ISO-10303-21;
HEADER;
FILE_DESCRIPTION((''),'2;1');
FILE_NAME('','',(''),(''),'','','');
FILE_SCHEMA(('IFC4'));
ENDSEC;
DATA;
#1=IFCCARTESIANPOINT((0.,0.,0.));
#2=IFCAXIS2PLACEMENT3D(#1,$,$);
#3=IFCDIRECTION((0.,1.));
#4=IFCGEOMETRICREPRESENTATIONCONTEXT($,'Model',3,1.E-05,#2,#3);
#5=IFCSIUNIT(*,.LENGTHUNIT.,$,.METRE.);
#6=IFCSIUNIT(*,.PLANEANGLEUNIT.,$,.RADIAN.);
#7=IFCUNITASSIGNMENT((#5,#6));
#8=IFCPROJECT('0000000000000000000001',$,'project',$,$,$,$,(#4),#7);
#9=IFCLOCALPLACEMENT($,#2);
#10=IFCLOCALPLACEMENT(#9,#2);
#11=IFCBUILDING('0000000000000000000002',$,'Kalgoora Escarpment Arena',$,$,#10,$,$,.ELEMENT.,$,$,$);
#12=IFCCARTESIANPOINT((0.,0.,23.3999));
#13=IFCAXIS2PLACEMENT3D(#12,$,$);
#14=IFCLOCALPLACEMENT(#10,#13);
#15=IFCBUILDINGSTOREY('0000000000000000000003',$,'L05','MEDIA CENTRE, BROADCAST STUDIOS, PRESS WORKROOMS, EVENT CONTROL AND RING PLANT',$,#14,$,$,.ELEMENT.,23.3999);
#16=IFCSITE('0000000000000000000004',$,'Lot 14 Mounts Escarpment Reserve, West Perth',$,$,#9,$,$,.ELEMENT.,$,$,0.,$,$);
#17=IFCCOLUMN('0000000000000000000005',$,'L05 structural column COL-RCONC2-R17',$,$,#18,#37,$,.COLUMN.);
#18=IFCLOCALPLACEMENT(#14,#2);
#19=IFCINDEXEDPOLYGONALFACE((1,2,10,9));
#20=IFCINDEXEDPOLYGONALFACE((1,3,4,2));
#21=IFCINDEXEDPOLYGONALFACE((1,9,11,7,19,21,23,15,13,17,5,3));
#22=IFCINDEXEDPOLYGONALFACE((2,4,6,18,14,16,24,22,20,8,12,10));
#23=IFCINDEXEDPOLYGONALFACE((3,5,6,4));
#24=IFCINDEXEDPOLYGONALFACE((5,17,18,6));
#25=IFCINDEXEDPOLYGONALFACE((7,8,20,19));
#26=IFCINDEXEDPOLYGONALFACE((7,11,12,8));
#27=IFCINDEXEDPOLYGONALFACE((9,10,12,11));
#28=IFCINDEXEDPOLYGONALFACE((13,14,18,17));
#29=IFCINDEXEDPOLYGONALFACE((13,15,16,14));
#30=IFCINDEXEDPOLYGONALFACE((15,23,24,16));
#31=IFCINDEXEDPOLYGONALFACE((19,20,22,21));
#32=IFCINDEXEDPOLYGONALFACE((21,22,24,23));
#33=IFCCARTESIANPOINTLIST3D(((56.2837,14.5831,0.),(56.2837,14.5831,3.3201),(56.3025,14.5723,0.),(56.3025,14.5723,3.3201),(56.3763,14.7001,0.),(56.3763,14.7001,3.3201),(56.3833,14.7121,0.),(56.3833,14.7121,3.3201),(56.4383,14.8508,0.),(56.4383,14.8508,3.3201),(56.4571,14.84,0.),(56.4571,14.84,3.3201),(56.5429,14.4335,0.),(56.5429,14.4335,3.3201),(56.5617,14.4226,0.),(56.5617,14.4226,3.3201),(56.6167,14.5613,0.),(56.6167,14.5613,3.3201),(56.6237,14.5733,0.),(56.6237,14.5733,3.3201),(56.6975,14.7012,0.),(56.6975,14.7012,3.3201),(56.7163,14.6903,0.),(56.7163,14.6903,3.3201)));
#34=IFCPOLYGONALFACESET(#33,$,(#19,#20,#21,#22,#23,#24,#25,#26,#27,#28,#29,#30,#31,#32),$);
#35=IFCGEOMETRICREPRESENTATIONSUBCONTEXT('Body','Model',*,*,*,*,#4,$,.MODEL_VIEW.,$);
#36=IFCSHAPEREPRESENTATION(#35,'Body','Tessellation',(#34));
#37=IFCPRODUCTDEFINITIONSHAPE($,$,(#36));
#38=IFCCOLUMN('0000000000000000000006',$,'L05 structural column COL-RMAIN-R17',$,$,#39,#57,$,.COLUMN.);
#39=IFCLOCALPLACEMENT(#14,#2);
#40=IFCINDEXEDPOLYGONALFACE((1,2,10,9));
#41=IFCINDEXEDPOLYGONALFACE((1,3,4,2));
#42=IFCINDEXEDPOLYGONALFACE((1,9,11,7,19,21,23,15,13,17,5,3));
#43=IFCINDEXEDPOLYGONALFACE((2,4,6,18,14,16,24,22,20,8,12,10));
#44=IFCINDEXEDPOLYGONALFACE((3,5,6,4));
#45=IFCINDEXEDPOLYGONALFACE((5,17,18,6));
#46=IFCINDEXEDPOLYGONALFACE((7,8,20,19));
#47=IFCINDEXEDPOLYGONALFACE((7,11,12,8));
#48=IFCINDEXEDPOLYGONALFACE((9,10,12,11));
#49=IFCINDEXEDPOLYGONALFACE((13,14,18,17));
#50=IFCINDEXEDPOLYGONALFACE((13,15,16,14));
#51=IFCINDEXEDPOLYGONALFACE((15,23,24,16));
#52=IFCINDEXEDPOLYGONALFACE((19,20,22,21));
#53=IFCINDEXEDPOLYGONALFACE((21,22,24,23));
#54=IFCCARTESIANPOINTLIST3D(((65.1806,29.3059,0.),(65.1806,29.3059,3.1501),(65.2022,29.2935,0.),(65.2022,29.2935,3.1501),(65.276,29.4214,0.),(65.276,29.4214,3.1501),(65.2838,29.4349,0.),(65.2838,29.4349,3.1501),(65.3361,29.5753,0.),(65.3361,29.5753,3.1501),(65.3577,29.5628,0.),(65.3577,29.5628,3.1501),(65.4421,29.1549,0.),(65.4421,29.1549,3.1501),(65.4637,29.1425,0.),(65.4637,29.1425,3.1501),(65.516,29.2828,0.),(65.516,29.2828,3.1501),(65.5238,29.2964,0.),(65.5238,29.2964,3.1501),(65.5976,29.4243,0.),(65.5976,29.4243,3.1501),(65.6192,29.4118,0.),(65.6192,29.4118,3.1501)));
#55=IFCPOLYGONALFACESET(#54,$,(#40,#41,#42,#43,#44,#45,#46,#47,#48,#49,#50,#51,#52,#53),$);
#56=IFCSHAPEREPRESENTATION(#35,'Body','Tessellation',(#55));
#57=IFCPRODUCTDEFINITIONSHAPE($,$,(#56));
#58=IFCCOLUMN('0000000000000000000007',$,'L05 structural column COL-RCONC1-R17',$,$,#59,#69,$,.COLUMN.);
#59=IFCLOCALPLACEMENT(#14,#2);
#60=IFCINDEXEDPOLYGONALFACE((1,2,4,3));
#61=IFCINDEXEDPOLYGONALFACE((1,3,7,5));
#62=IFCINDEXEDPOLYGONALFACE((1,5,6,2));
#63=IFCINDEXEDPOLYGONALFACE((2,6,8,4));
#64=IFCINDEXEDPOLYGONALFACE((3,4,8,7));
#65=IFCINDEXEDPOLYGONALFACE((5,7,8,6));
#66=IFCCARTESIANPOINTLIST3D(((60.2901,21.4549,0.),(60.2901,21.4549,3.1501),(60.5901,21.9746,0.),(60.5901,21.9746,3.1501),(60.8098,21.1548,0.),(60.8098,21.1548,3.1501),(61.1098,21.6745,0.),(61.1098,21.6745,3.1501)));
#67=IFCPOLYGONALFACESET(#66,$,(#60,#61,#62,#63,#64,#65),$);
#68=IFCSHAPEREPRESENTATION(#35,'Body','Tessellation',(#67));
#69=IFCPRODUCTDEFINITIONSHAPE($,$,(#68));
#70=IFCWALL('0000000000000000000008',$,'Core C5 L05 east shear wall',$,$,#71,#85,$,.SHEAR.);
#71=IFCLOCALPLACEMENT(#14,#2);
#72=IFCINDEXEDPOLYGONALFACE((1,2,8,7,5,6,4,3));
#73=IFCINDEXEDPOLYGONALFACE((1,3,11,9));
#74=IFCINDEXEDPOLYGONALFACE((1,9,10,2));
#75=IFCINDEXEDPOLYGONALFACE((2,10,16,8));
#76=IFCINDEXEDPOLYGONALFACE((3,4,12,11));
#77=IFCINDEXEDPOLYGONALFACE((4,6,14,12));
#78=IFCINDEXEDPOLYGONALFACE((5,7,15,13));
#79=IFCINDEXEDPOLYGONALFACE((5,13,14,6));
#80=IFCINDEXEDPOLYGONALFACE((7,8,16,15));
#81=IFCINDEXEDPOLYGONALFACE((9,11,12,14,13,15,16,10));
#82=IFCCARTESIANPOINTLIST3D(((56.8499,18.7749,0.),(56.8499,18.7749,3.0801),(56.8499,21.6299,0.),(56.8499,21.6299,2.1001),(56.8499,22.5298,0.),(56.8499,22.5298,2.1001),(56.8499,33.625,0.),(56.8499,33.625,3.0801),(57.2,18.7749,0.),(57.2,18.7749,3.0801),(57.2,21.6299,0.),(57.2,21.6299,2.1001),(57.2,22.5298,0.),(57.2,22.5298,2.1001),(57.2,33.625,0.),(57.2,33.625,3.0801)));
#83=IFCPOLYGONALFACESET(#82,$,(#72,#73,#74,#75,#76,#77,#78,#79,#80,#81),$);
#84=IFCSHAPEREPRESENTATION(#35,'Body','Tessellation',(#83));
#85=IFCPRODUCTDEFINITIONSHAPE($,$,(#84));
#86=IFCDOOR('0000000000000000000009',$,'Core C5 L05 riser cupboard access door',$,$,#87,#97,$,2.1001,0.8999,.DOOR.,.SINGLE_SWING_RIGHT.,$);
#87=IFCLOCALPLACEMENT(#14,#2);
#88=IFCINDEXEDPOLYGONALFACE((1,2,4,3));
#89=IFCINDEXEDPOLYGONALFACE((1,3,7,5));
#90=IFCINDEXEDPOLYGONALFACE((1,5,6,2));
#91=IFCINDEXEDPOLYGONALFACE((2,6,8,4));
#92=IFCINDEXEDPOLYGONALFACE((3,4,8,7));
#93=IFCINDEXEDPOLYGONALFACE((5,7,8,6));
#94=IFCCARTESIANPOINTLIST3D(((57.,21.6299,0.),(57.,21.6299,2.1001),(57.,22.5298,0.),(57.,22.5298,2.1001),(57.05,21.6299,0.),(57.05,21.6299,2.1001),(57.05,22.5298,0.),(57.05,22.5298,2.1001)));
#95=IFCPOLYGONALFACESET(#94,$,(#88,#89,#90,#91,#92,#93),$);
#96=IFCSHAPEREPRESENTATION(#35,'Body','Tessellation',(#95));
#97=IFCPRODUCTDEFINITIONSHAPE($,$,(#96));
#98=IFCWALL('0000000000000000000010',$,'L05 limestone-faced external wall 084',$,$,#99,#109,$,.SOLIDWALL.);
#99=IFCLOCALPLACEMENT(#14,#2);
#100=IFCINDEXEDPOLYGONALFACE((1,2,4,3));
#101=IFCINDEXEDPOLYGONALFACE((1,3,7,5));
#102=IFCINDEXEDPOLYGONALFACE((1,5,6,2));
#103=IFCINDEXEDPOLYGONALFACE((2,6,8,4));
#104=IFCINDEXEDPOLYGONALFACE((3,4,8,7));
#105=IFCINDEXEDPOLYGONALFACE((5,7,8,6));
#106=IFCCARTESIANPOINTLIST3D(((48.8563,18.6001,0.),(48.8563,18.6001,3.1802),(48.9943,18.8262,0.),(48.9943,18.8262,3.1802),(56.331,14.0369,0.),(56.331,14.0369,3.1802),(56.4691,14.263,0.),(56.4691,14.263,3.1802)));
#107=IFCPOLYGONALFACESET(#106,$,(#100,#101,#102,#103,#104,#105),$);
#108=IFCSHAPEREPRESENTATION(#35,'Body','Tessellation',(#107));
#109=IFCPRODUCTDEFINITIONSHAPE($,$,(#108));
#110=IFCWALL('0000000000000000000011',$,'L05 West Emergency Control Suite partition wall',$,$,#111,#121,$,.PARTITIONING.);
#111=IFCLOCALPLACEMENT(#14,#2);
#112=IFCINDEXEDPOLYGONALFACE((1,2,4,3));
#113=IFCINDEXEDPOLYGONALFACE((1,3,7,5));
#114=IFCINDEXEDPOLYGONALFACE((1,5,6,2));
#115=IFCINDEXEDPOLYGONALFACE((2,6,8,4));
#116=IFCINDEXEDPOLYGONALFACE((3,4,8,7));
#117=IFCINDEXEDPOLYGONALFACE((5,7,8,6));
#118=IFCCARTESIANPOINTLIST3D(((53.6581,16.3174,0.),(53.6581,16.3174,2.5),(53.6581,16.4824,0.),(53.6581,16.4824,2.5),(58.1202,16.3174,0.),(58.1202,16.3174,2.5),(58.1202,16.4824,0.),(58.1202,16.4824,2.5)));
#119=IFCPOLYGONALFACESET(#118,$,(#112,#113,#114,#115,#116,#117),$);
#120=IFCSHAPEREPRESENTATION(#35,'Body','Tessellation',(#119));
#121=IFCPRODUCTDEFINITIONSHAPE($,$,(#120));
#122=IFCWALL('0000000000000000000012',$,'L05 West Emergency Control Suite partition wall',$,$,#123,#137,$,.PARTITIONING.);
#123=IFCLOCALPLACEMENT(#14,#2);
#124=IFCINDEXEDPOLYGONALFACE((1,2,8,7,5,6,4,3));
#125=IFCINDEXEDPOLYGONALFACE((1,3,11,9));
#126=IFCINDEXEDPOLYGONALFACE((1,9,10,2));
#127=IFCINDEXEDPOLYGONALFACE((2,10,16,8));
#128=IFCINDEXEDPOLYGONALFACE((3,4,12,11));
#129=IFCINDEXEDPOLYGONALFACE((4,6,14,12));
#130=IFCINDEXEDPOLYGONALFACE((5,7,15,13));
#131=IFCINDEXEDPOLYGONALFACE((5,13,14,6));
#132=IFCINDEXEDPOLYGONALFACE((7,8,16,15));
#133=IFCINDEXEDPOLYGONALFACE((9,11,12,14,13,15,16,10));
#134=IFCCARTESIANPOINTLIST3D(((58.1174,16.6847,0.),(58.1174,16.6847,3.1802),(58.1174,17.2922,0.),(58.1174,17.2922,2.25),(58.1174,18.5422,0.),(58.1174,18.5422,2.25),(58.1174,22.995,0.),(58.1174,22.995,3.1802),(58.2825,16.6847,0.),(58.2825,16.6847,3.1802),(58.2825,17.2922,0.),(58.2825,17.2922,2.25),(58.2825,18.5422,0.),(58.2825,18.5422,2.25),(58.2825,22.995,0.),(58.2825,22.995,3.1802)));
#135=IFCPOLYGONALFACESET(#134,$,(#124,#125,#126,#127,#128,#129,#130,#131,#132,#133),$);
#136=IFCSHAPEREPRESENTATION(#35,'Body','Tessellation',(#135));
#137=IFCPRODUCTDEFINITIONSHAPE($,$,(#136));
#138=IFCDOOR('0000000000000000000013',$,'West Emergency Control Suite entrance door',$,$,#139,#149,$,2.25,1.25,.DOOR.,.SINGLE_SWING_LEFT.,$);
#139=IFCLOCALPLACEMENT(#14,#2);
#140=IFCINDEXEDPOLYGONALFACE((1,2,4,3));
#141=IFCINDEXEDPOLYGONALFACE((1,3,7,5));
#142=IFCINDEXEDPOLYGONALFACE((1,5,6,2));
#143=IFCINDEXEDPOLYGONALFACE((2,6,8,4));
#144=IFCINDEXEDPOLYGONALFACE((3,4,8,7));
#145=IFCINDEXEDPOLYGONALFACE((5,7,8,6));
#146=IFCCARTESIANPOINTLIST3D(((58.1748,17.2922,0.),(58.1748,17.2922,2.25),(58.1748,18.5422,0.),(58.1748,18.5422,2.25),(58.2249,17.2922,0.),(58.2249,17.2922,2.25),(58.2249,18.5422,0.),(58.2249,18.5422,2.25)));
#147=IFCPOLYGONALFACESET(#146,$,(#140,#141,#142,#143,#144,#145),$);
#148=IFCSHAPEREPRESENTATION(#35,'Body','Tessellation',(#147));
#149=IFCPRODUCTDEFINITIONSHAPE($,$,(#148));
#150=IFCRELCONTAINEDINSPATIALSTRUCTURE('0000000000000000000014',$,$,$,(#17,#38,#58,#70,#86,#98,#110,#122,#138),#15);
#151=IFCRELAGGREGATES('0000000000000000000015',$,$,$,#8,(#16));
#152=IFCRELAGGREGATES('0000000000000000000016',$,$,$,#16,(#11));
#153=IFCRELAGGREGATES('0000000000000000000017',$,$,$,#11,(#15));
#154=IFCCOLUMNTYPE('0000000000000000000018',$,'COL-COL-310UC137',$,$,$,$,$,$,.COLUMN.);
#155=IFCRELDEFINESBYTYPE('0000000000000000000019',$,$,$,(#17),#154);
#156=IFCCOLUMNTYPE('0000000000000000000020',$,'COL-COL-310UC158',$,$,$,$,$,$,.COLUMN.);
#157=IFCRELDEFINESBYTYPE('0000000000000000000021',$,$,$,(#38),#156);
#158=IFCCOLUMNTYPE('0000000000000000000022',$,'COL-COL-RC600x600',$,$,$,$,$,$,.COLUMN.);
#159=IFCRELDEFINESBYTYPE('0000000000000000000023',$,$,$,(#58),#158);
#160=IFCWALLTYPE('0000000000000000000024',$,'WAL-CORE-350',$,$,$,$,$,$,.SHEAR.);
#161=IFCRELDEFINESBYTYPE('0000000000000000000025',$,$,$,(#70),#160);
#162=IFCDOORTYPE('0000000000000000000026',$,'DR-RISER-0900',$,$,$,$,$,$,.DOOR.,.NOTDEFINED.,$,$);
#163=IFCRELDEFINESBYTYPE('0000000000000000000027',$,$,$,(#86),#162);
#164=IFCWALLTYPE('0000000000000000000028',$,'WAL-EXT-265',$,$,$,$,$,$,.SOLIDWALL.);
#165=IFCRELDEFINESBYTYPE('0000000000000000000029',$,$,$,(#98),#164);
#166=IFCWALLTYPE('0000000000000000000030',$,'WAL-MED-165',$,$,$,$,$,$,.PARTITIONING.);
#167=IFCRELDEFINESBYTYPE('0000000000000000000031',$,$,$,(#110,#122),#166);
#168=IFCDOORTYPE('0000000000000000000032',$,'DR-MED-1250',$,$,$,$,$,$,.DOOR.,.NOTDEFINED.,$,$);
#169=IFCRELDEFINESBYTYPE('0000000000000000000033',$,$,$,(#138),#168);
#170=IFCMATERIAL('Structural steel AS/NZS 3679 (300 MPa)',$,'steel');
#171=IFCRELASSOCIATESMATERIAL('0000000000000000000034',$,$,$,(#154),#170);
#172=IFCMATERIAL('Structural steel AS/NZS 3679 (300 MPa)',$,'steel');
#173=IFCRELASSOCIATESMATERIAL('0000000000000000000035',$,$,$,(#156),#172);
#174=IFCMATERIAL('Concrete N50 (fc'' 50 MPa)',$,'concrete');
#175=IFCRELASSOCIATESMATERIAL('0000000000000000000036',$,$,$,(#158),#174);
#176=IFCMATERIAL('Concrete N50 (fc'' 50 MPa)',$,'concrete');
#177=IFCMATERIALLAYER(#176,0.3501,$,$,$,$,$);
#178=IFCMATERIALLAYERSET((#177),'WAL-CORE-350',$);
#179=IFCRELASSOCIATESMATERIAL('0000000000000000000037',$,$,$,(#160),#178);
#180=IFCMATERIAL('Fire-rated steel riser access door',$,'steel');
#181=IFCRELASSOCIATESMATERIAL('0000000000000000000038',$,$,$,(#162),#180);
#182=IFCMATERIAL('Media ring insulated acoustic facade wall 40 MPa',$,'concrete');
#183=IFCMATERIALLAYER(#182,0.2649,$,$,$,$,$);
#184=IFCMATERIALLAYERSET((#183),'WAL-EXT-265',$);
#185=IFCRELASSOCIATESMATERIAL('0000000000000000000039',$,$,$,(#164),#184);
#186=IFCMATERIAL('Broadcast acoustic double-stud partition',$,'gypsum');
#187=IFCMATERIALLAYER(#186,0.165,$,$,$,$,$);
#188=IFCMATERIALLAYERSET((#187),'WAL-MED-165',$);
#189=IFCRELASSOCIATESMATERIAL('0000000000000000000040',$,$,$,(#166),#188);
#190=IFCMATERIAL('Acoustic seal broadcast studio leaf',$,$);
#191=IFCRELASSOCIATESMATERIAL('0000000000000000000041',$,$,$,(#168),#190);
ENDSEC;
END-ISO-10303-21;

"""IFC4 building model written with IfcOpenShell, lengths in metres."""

from ifc_helpers import new_model, si_unit, direction, frame, frame_2d, origin, origin_2d, place, context, subcontext, project, spatial, rectangle, i_section, extrude, material, layer, layer_set, material_profile, profile_set, type_object, element, fill, save


model = new_model("IFC4")

# Units and contexts
model_context = context("Model", 3, precision=1e-05, world=origin(), true_north=direction((0.0, 1.0)))
body_context = subcontext(model_context, "Body", "Model", "MODEL_VIEW")
ifc_project = project(units=[si_unit("LENGTHUNIT", "METRE"), si_unit("PLANEANGLEUNIT", "RADIAN")], contexts=[model_context])

# Site, building, storey
site_placement = place(None, origin())
site = spatial("IfcSite", under=ifc_project, at=site_placement, Name="Lot 14 Mounts Escarpment Reserve, West Perth", CompositionType="ELEMENT", RefElevation=0.0)
building_placement = place(site_placement, origin())
building = spatial("IfcBuilding", under=site, at=building_placement, Name="Kalgoora Escarpment Arena", CompositionType="ELEMENT")
storey_placement = place(building_placement, frame((0.0, 0.0, 23.3999)))
storey = spatial("IfcBuildingStorey", under=building, at=storey_placement, Name="L05", Description="MEDIA CENTRE, BROADCAST STUDIOS, PRESS WORKROOMS, EVENT CONTROL AND RING PLANT", CompositionType="ELEMENT", Elevation=23.3999)

# Columns
ifc_material_1 = material(Name="Structural steel AS/NZS 3679 (300 MPa)", Category="steel")
ifc_material_profile_1 = material_profile(ifc_material_1, i_section(OverallWidth=0.3091, OverallDepth=0.321, WebThickness=0.0139, FlangeThickness=0.0217, at=origin_2d()))
ifc_profile_set_1 = profile_set([ifc_material_profile_1], Name="Structural steel AS/NZS 3679 (300 MPa)")
column_type_1 = type_object("IfcColumnType", Name="COL-COL-310UC137", PredefinedType="COLUMN", material=ifc_profile_set_1)
column_1_placement = place(storey_placement, frame((56.5, 14.6367, 0.0), z_axis=(0.0, 0.0, 1.0), x_axis=(-0.5, -0.866025, 0.0)))
element("IfcColumn", 1, at=column_1_placement, inside=storey, type_object=column_type_1, Name="L05 structural column COL-RCONC2-R17", PredefinedType="COLUMN", context=body_context, shape_type="SweptSolid", body=[
    extrude(i_section(OverallWidth=0.3091, OverallDepth=0.321, WebThickness=0.0139, FlangeThickness=0.0217, at=origin_2d()), origin(), (0.0, 0.0, 1.0), 3.3201),
])
ifc_material_2 = material(Name="Structural steel AS/NZS 3679 (300 MPa)", Category="steel")
ifc_material_profile_2 = material_profile(ifc_material_2, i_section(OverallWidth=0.311, OverallDepth=0.3269, WebThickness=0.0156, FlangeThickness=0.0249, at=origin_2d()))
ifc_profile_set_2 = profile_set([ifc_material_profile_2], Name="Structural steel AS/NZS 3679 (300 MPa)")
column_type_2 = type_object("IfcColumnType", Name="COL-COL-310UC158", PredefinedType="COLUMN", material=ifc_profile_set_2)
column_2_placement = place(storey_placement, frame((65.3999, 29.3589, 0.0), z_axis=(0.0, 0.0, 1.0), x_axis=(-0.5, -0.866025, 0.0)))
element("IfcColumn", 2, at=column_2_placement, inside=storey, type_object=column_type_2, Name="L05 structural column COL-RMAIN-R17", PredefinedType="COLUMN", context=body_context, shape_type="SweptSolid", body=[
    extrude(i_section(OverallWidth=0.311, OverallDepth=0.3269, WebThickness=0.0156, FlangeThickness=0.0249, at=origin_2d()), origin(), (0.0, 0.0, 1.0), 3.1501),
])
ifc_material_3 = material(Name="Concrete N50 (fc' 50 MPa)", Category="concrete")
ifc_material_profile_3 = material_profile(ifc_material_3, rectangle(XDim=0.6001, YDim=0.6001, at=origin_2d()))
ifc_profile_set_3 = profile_set([ifc_material_profile_3], Name="Concrete N50 (fc' 50 MPa)")
column_type_3 = type_object("IfcColumnType", Name="COL-COL-RC600x600", PredefinedType="COLUMN", material=ifc_profile_set_3)
column_3_placement = place(storey_placement, frame((60.7, 21.5647, 0.0), z_axis=(0.0, 0.0, 1.0), x_axis=(-0.5, -0.866025, 0.0)))
element("IfcColumn", 3, at=column_3_placement, inside=storey, type_object=column_type_3, Name="L05 structural column COL-RCONC1-R17", PredefinedType="COLUMN", context=body_context, shape_type="SweptSolid", body=[
    extrude(rectangle(XDim=0.6001, YDim=0.6001, at=origin_2d()), origin(), (0.0, 0.0, 1.0), 3.1501),
])

# Wall, opening, door
ifc_material_4 = material(Name="Concrete N50 (fc' 50 MPa)", Category="concrete")
ifc_layer_1 = layer(ifc_material_4, 0.3501)
ifc_layer_set_1 = layer_set([ifc_layer_1], Name="WAL-CORE-350")
wall_type_1 = type_object("IfcWallType", Name="WAL-CORE-350", PredefinedType="SHEAR", material=ifc_layer_set_1)
wall_1_placement = place(storey_placement, frame((57.0249, 18.7749, 0.0), z_axis=(0.0, 0.0, 1.0), x_axis=(0.0, 1.0, 0.0)))
wall_1 = element("IfcWall", 4, at=wall_1_placement, inside=storey, type_object=wall_type_1, Name="Core C5 L05 east shear wall", PredefinedType="SHEAR", context=body_context, shape_type="SweptSolid", body=[
    extrude(rectangle(XDim=14.8501, YDim=0.3501, at=frame_2d((7.425, 0.0))), origin(), (0.0, 0.0, 1.0), 3.0801),
])
opening_1_placement = place(wall_1_placement, frame((2.855, 0.0, 0.0)))
opening_1 = element("IfcOpeningElement", 5, at=opening_1_placement, cuts=wall_1, PredefinedType="OPENING", context=body_context, shape_type="SweptSolid", body=[
    extrude(rectangle(XDim=0.8999, YDim=2.1001, at=frame_2d((0.45, 1.05))), frame((0.0, 0.1851, 0.0), z_axis=(0.0, -1.0, 0.0), x_axis=(1.0, 0.0, 0.0)), (0.0, 0.0, 1.0), 0.3701),
])
ifc_material_5 = material(Name="Fire-rated steel riser access door", Category="steel")
door_type_1 = type_object("IfcDoorType", Name="DR-RISER-0900", OperationType="NOTDEFINED", PredefinedType="DOOR", material=ifc_material_5)
door_1_placement = place(opening_1_placement, origin())
door_1 = element("IfcDoor", 6, at=door_1_placement, inside=storey, type_object=door_type_1, Name="Core C5 L05 riser cupboard access door", OperationType="SINGLE_SWING_RIGHT", OverallHeight=2.1001, OverallWidth=0.8999, PredefinedType="DOOR", context=body_context, shape_type="SweptSolid", body=[
    extrude(rectangle(XDim=0.8999, YDim=2.1001, at=frame_2d((0.45, 1.05))), frame((0.0, 0.0249, 0.0), z_axis=(0.0, -1.0, 0.0), x_axis=(1.0, 0.0, 0.0)), (0.0, 0.0, 1.0), 0.05),
])
fill(opening_1, door_1)

# Walls
ifc_material_6 = material(Name="Media ring insulated acoustic facade wall 40 MPa", Category="concrete")
ifc_layer_2 = layer(ifc_material_6, 0.2649)
ifc_layer_set_2 = layer_set([ifc_layer_2], Name="WAL-EXT-265")
wall_type_2 = type_object("IfcWallType", Name="WAL-EXT-265", PredefinedType="SOLIDWALL", material=ifc_layer_set_2)
wall_2_placement = place(storey_placement, frame((56.4001, 14.1499, 0.0), z_axis=(0.0, 0.0, 1.0), x_axis=(-0.853522, 0.521056, 0.0)))
element("IfcWall", 7, at=wall_2_placement, inside=storey, type_object=wall_type_2, Name="L05 limestone-faced external wall 084", PredefinedType="SOLIDWALL", context=body_context, shape_type="SweptSolid", body=[
    extrude(rectangle(XDim=8.7576, YDim=0.2649, at=frame_2d((4.3789, 0.0))), origin(), (0.0, 0.0, 1.0), 3.1802),
])
ifc_material_7 = material(Name="Broadcast acoustic double-stud partition", Category="gypsum")
ifc_layer_3 = layer(ifc_material_7, 0.165)
ifc_layer_set_3 = layer_set([ifc_layer_3], Name="WAL-MED-165")
wall_type_3 = type_object("IfcWallType", Name="WAL-MED-165", PredefinedType="PARTITIONING", material=ifc_layer_set_3)
wall_3_placement = place(storey_placement, frame((58.1201, 16.3999, 0.0), z_axis=(0.0, 0.0, 1.0), x_axis=(-1.0, 0.0, 0.0)))
element("IfcWall", 8, at=wall_3_placement, inside=storey, type_object=wall_type_3, Name="L05 West Emergency Control Suite partition wall", PredefinedType="PARTITIONING", context=body_context, shape_type="SweptSolid", body=[
    extrude(rectangle(XDim=4.4622, YDim=0.165, at=frame_2d((2.231, 0.0))), origin(), (0.0, 0.0, 1.0), 2.5),
])

# Wall, opening, door
wall_4_placement = place(storey_placement, frame((58.2, 22.9951, 0.0), z_axis=(0.0, 0.0, 1.0), x_axis=(0.0, -1.0, 0.0)))
wall_4 = element("IfcWall", 9, at=wall_4_placement, inside=storey, type_object=wall_type_3, Name="L05 West Emergency Control Suite partition wall", PredefinedType="PARTITIONING", context=body_context, shape_type="SweptSolid", body=[
    extrude(rectangle(XDim=6.3103, YDim=0.165, at=frame_2d((3.1553, 0.0))), origin(), (0.0, 0.0, 1.0), 3.1802),
])
opening_2_placement = place(wall_4_placement, frame((4.4529, 0.0, 0.0)))
opening_2 = element("IfcOpeningElement", 10, at=opening_2_placement, cuts=wall_4, PredefinedType="OPENING", context=body_context, shape_type="SweptSolid", body=[
    extrude(rectangle(XDim=1.25, YDim=2.25, at=frame_2d((0.625, 1.125))), frame((0.0, 0.0925, 0.0), z_axis=(0.0, -1.0, 0.0), x_axis=(1.0, 0.0, 0.0)), (0.0, 0.0, 1.0), 0.1851),
])
ifc_material_8 = material(Name="Acoustic seal broadcast studio leaf")
door_type_2 = type_object("IfcDoorType", Name="DR-MED-1250", OperationType="NOTDEFINED", PredefinedType="DOOR", material=ifc_material_8)
door_2_placement = place(opening_2_placement, origin())
door_2 = element("IfcDoor", 11, at=door_2_placement, inside=storey, type_object=door_type_2, Name="West Emergency Control Suite entrance door", OperationType="SINGLE_SWING_LEFT", OverallHeight=2.25, OverallWidth=1.25, PredefinedType="DOOR", context=body_context, shape_type="SweptSolid", body=[
    extrude(rectangle(XDim=1.25, YDim=2.25, at=frame_2d((0.625, 1.125))), frame((0.0, 0.0249, 0.0), z_axis=(0.0, -1.0, 0.0), x_axis=(1.0, 0.0, 0.0)), (0.0, 0.0, 1.0), 0.05),
])
fill(opening_2, door_2)

save(model, "model.ifc")
